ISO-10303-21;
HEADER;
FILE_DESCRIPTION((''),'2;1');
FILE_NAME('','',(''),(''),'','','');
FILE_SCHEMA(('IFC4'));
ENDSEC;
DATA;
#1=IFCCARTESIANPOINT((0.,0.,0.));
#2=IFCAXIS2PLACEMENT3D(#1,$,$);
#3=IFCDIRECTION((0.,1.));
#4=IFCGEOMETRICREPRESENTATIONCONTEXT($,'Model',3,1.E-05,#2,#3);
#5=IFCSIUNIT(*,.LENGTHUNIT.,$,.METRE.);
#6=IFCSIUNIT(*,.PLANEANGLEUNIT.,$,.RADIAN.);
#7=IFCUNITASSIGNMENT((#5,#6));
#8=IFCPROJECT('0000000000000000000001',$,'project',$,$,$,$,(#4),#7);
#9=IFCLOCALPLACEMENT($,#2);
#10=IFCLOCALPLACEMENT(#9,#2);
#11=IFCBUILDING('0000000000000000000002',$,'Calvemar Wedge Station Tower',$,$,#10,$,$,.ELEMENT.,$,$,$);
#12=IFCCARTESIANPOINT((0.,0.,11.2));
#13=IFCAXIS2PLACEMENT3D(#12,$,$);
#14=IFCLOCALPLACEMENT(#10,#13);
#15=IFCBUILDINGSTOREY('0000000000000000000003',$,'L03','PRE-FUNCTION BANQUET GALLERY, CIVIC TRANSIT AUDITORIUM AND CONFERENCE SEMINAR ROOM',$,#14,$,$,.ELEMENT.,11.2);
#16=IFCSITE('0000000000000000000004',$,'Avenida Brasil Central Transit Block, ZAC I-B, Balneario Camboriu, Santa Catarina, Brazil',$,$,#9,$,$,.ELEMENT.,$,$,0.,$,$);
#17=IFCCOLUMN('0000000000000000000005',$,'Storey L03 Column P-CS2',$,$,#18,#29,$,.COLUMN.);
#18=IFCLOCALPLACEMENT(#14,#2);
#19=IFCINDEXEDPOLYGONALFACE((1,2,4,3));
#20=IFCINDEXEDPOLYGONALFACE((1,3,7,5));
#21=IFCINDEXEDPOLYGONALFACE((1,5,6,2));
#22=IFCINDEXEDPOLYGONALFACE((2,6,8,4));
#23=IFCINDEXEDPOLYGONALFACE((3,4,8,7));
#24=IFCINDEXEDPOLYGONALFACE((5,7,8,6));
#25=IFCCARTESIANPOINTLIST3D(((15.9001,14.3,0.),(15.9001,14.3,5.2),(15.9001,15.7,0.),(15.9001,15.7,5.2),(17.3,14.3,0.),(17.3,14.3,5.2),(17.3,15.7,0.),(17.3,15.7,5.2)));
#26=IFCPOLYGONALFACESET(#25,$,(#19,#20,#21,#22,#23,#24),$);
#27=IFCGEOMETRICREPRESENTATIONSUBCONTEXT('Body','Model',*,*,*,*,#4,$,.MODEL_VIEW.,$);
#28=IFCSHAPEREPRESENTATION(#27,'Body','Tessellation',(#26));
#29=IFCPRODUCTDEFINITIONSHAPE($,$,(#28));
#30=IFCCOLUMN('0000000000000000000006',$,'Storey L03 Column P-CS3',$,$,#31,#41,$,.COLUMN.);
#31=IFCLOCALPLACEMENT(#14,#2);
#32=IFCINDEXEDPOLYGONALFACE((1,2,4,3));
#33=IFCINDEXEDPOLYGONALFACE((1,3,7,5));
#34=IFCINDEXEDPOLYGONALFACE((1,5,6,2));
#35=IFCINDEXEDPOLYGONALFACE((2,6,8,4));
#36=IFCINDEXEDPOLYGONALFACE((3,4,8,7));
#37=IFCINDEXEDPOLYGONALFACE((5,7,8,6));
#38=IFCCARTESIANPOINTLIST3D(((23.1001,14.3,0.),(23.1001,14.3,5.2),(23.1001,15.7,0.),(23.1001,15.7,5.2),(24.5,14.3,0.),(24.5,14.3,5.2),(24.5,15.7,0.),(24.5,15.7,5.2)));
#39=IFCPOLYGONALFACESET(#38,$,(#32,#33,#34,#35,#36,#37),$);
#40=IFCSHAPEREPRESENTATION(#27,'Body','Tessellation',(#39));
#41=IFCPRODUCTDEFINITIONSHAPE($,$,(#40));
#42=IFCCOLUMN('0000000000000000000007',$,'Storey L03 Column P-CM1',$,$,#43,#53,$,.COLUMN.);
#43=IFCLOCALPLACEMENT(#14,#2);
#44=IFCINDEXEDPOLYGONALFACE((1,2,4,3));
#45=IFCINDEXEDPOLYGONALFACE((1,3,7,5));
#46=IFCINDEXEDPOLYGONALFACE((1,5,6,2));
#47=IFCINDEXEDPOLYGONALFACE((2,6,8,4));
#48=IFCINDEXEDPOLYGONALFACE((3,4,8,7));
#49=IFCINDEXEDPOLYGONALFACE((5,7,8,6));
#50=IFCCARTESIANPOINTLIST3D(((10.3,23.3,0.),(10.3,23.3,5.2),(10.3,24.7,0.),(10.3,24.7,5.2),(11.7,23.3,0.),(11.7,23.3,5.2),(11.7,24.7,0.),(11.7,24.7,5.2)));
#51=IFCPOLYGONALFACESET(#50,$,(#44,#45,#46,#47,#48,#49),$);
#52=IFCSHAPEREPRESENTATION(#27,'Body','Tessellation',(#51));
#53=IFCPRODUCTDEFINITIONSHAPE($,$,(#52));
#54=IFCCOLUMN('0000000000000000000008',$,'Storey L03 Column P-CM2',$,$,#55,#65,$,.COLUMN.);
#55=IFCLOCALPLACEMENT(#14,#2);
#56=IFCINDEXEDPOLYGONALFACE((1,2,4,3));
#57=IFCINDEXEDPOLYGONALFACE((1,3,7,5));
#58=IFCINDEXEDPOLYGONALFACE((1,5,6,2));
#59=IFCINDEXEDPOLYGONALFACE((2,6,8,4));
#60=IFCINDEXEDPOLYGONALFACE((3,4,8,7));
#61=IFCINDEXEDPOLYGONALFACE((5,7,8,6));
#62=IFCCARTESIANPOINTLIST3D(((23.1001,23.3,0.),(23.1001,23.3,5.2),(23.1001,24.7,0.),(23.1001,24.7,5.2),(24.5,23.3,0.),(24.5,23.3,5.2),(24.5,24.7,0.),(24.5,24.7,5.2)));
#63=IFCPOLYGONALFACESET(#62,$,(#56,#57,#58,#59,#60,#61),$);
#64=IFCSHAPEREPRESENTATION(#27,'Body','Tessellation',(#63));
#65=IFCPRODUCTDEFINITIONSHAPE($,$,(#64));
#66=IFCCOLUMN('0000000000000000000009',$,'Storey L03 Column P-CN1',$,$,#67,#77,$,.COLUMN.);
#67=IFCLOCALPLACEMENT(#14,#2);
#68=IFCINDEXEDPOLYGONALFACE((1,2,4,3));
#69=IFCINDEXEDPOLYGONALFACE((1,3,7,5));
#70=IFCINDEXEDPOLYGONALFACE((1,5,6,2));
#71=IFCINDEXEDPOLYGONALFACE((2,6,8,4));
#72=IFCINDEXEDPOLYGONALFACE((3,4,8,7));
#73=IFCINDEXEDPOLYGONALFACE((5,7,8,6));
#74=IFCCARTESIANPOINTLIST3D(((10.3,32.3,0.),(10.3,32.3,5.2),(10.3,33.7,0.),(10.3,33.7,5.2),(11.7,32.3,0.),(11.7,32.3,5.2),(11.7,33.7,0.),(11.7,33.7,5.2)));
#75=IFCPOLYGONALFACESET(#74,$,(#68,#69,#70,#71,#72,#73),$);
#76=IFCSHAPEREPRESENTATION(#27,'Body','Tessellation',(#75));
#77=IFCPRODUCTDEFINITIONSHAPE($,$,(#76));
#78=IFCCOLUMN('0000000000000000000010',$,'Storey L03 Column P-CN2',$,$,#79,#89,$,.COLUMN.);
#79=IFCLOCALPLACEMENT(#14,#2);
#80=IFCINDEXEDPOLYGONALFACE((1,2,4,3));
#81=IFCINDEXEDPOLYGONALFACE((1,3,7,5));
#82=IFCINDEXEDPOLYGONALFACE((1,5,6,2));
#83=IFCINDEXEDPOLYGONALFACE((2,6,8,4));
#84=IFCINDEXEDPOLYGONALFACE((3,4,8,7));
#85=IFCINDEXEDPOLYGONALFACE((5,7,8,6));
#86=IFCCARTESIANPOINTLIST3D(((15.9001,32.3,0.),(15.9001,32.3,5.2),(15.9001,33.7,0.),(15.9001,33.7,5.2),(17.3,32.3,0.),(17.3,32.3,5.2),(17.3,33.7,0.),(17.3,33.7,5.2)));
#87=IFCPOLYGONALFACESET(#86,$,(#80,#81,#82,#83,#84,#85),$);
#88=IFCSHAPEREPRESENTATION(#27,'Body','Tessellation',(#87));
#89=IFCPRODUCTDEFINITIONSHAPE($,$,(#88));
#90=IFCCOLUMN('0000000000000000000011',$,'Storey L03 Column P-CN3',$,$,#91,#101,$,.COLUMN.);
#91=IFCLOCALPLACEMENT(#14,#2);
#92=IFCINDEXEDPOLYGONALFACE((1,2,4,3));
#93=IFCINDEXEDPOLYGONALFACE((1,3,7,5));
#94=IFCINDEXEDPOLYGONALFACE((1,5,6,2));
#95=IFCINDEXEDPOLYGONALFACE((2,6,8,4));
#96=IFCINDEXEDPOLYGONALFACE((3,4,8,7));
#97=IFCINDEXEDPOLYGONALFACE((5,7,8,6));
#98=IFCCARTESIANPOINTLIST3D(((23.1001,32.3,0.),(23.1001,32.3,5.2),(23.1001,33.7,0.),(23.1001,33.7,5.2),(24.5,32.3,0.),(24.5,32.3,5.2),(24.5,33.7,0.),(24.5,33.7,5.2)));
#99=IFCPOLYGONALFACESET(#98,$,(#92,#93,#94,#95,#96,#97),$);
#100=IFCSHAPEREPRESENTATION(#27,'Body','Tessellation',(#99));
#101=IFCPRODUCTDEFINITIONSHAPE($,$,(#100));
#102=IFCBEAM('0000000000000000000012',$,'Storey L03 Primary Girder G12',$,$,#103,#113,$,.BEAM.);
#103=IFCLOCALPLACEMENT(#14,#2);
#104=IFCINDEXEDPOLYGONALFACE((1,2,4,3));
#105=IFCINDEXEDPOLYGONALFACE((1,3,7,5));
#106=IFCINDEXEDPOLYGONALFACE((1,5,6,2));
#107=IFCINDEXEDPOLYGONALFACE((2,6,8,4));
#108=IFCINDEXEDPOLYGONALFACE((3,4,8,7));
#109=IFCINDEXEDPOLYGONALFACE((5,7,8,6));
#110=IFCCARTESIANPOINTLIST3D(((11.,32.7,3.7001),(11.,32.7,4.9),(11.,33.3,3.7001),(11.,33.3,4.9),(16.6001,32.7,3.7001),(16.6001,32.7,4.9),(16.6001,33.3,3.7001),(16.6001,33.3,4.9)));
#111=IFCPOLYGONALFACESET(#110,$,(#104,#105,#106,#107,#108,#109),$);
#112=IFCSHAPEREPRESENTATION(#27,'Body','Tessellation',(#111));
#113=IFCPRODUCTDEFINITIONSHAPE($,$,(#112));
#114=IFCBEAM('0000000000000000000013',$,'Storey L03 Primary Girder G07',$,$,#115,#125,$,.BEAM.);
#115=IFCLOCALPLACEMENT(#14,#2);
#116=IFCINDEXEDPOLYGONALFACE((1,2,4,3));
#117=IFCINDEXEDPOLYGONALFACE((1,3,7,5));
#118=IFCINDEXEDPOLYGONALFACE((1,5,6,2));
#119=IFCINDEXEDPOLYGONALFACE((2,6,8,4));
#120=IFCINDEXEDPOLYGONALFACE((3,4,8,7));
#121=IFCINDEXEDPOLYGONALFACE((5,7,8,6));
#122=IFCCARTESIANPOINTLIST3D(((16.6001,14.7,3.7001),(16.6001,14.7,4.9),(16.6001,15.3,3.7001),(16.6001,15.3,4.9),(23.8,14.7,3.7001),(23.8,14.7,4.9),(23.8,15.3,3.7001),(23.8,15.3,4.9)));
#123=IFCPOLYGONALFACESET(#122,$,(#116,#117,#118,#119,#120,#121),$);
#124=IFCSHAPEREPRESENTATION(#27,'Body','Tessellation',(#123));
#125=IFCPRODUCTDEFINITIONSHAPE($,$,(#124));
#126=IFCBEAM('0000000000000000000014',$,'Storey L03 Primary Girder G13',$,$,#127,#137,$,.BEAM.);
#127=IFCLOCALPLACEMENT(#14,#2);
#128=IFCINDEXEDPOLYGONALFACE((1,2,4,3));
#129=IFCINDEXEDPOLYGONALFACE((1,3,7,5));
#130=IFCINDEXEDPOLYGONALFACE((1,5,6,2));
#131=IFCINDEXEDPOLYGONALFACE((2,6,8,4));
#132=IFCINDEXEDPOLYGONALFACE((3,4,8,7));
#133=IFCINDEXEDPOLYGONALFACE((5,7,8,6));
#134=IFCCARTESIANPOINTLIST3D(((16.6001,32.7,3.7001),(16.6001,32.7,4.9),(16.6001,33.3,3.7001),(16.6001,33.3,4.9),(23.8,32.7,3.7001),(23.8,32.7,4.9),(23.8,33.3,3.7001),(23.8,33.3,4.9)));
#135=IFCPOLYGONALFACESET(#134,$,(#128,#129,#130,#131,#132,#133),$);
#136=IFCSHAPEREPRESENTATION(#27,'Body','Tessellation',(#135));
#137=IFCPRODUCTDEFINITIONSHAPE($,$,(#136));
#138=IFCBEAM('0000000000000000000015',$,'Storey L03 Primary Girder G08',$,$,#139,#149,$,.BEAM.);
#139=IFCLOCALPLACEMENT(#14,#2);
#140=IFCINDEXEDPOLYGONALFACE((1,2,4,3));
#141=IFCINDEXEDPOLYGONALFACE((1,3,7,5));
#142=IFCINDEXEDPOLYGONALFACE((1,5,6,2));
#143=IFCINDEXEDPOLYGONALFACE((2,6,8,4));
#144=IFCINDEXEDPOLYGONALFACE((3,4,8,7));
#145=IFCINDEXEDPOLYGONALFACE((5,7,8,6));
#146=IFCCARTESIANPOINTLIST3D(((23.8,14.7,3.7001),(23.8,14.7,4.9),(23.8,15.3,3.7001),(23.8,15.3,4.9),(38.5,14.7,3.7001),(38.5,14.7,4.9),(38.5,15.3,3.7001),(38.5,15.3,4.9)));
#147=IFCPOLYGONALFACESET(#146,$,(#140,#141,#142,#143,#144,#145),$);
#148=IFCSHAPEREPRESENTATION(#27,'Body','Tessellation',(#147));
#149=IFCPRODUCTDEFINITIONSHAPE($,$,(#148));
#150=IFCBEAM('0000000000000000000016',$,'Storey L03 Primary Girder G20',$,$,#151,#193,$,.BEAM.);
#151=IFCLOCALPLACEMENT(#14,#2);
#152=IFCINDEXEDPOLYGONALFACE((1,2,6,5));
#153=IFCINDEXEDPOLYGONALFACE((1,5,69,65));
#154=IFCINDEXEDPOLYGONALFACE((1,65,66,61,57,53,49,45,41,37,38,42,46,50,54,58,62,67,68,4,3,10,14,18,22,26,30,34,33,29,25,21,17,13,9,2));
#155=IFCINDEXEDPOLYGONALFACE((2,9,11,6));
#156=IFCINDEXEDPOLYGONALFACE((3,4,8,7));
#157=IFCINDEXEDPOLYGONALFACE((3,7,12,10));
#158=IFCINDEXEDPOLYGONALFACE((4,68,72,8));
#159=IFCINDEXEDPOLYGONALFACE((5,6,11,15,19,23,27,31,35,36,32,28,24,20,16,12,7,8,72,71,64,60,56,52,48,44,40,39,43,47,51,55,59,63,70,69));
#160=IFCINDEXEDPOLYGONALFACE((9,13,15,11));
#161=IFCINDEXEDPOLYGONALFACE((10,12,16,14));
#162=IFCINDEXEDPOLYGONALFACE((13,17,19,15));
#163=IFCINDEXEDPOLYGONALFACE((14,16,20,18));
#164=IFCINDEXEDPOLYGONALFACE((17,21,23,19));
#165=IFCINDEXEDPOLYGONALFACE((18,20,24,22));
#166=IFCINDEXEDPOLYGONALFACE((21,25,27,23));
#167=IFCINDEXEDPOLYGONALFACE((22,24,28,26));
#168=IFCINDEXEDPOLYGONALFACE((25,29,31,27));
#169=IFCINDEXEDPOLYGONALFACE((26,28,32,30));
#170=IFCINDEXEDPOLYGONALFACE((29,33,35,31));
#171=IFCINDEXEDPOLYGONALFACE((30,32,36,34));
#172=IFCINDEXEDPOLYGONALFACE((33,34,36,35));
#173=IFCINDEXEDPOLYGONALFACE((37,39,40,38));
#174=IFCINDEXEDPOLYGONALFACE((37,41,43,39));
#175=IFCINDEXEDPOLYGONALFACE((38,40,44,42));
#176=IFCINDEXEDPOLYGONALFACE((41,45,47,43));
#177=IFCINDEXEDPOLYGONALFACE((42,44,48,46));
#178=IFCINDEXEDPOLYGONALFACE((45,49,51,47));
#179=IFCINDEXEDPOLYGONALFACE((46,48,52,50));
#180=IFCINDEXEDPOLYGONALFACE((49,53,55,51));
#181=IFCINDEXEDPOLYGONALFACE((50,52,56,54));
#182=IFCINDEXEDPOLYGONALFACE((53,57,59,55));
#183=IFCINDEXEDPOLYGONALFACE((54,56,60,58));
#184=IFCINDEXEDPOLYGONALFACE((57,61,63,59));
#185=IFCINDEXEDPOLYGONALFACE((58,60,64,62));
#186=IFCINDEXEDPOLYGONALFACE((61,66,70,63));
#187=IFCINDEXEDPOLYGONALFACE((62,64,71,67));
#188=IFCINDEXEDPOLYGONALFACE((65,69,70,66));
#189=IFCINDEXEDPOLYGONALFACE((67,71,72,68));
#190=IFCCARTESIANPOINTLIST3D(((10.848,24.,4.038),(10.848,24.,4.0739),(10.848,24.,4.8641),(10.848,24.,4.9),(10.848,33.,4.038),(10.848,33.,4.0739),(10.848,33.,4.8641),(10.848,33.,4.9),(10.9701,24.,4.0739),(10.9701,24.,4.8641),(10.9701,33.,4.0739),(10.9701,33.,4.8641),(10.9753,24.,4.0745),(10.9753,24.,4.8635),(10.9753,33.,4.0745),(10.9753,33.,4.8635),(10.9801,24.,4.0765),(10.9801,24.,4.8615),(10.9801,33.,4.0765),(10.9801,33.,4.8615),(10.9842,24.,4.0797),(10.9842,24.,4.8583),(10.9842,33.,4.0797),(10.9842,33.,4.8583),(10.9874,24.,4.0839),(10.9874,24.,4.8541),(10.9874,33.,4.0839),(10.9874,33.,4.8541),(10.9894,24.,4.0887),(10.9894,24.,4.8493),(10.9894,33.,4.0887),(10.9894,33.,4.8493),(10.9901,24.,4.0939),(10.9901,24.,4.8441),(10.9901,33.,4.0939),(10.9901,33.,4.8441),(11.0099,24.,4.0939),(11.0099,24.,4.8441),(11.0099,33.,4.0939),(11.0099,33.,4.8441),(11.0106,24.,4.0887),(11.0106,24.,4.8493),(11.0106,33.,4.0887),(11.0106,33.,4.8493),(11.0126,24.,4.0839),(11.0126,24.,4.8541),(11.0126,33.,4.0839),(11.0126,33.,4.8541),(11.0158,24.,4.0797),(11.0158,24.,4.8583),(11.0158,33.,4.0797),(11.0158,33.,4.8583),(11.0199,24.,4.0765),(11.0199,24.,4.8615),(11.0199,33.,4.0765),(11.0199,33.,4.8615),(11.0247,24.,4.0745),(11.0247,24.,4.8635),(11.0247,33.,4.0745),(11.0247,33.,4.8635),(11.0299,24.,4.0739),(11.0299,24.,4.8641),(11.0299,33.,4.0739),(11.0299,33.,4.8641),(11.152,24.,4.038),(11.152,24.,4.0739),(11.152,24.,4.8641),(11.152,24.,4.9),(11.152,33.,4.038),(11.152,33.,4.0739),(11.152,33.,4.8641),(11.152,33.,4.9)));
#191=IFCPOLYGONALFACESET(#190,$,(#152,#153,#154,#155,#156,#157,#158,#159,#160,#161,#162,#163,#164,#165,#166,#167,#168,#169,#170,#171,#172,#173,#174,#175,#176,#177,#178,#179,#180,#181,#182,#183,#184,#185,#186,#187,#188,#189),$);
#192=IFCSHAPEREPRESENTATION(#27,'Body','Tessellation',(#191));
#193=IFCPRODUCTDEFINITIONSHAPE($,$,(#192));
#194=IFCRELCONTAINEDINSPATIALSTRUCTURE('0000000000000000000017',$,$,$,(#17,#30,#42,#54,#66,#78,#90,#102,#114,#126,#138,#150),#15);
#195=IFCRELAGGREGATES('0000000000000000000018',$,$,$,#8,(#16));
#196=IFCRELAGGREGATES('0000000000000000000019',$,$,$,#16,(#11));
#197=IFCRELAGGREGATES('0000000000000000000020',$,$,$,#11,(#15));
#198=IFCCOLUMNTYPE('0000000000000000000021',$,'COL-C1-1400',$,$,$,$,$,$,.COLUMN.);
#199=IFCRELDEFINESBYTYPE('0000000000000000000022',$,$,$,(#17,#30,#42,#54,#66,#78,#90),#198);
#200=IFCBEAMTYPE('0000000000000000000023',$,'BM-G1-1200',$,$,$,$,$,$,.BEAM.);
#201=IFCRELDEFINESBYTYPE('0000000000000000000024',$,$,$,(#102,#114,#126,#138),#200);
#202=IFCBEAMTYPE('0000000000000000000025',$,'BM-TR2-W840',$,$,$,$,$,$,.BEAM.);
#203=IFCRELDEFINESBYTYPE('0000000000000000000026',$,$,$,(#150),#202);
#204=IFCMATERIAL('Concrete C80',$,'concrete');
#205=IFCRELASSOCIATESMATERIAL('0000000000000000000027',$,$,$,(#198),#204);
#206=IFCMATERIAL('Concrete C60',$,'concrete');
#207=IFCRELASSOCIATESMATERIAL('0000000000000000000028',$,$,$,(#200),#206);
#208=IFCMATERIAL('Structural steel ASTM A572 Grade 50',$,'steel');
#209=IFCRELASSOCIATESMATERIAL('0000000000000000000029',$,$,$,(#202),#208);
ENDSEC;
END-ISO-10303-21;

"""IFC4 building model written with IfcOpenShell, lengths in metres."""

from ifc_helpers import new_model, si_unit, direction, frame, origin, origin_2d, place, context, subcontext, project, spatial, rectangle, i_section, extrude, source, transform, mapped, material, material_profile, profile_set, type_object, element, save


model = new_model("IFC4")

# Units and contexts
model_context = context("Model", 3, precision=1e-05, world=origin(), true_north=direction((0.0, 1.0)))
body_context = subcontext(model_context, "Body", "Model", "MODEL_VIEW")
ifc_project = project(units=[si_unit("LENGTHUNIT", "METRE"), si_unit("PLANEANGLEUNIT", "RADIAN")], contexts=[model_context])

# Site, building, storey
site_placement = place(None, origin())
site = spatial("IfcSite", under=ifc_project, at=site_placement, Name="Avenida Brasil Central Transit Block, ZAC I-B, Balneario Camboriu, Santa Catarina, Brazil", CompositionType="ELEMENT", RefElevation=0.0)
building_placement = place(site_placement, origin())
building = spatial("IfcBuilding", under=site, at=building_placement, Name="Calvemar Wedge Station Tower", CompositionType="ELEMENT")
storey_placement = place(building_placement, frame((0.0, 0.0, 11.2)))
storey = spatial("IfcBuildingStorey", under=building, at=storey_placement, Name="L03", Description="PRE-FUNCTION BANQUET GALLERY, CIVIC TRANSIT AUDITORIUM AND CONFERENCE SEMINAR ROOM", CompositionType="ELEMENT", Elevation=11.2)

# Columns
ifc_material_1 = material(Name="Concrete C80", Category="concrete")
ifc_material_profile_1 = material_profile(ifc_material_1, rectangle(XDim=1.3999, YDim=1.3999, at=origin_2d()), Name="RC1400x1400")
ifc_profile_set_1 = profile_set([ifc_material_profile_1], Name="Concrete C80")
column_type = type_object("IfcColumnType", Name="COL-C1-1400", PredefinedType="COLUMN", material=ifc_profile_set_1)
shared_shape_1 = source(origin(), body_context, "Body", "SweptSolid", [
    extrude(rectangle(XDim=1.3999, YDim=1.3999, at=origin_2d()), origin(), (0.0, 0.0, 1.0), 5.2),
])
for number, where, z_axis, x_axis, name in (
    (1, (16.6001, 15.0, 0.0), (0.0, 0.0, 1.0), (1.0, 0.0, 0.0), "Storey L03 Column P-CS2"),
    (2, (23.8, 15.0, 0.0), (0.0, 0.0, 1.0), (1.0, 0.0, 0.0), "Storey L03 Column P-CS3"),
    (3, (11.0, 24.0, 0.0), (0.0, 0.0, 1.0), (1.0, 0.0, 0.0), "Storey L03 Column P-CM1"),
    (4, (23.8, 24.0, 0.0), (0.0, 0.0, 1.0), (1.0, 0.0, 0.0), "Storey L03 Column P-CM2"),
    (5, (11.0, 33.0, 0.0), (0.0, 0.0, 1.0), (1.0, 0.0, 0.0), "Storey L03 Column P-CN1"),
    (6, (16.6001, 33.0, 0.0), (0.0, 0.0, 1.0), (1.0, 0.0, 0.0), "Storey L03 Column P-CN2"),
    (7, (23.8, 33.0, 0.0), (0.0, 0.0, 1.0), (1.0, 0.0, 0.0), "Storey L03 Column P-CN3"),
):
    element("IfcColumn", number, at=place(storey_placement, frame(where, z_axis=z_axis, x_axis=x_axis)), inside=storey, type_object=column_type, Name=name, PredefinedType="COLUMN", context=body_context, shape_type="MappedRepresentation", body=[
        mapped(shared_shape_1, transform((0.0, 0.0, 0.0), scale=1.0)),
    ])

# Beams
ifc_material_2 = material(Name="Concrete C60", Category="concrete")
ifc_material_profile_2 = material_profile(ifc_material_2, rectangle(XDim=0.6001, YDim=1.2, at=origin_2d()), Name="RC600x1200")
ifc_profile_set_2 = profile_set([ifc_material_profile_2], Name="Concrete C60")
beam_type_1 = type_object("IfcBeamType", Name="BM-G1-1200", PredefinedType="BEAM", material=ifc_profile_set_2)
shared_shape_2 = source(origin(), body_context, "Body", "SweptSolid", [
    extrude(rectangle(XDim=0.6001, YDim=1.2, at=origin_2d()), origin(), (0.0, 0.0, 1.0), 5.6001),
])
beam_1_placement = place(storey_placement, frame((11.0, 33.0, 4.3), z_axis=(1.0, 0.0, 0.0), x_axis=(0.0, 1.0, 0.0)))
element("IfcBeam", 8, at=beam_1_placement, inside=storey, type_object=beam_type_1, Name="Storey L03 Primary Girder G12", PredefinedType="BEAM", context=body_context, shape_type="MappedRepresentation", body=[
    mapped(shared_shape_2, transform((0.0, 0.0, 0.0), scale=1.0)),
])
shared_shape_3 = source(origin(), body_context, "Body", "SweptSolid", [
    extrude(rectangle(XDim=0.6001, YDim=1.2, at=origin_2d()), origin(), (0.0, 0.0, 1.0), 7.2),
])
for number, where, z_axis, x_axis, name in (
    (9, (16.6001, 15.0, 4.3), (1.0, 0.0, 0.0), (0.0, 1.0, 0.0), "Storey L03 Primary Girder G07"),
    (10, (16.6001, 33.0, 4.3), (1.0, 0.0, 0.0), (0.0, 1.0, 0.0), "Storey L03 Primary Girder G13"),
):
    element("IfcBeam", number, at=place(storey_placement, frame(where, z_axis=z_axis, x_axis=x_axis)), inside=storey, type_object=beam_type_1, Name=name, PredefinedType="BEAM", context=body_context, shape_type="MappedRepresentation", body=[
        mapped(shared_shape_3, transform((0.0, 0.0, 0.0), scale=1.0)),
    ])
shared_shape_4 = source(origin(), body_context, "Body", "SweptSolid", [
    extrude(rectangle(XDim=0.6001, YDim=1.2, at=origin_2d()), origin(), (0.0, 0.0, 1.0), 14.7),
])
beam_2_placement = place(storey_placement, frame((23.8, 15.0, 4.3), z_axis=(1.0, 0.0, 0.0), x_axis=(0.0, 1.0, 0.0)))
element("IfcBeam", 11, at=beam_2_placement, inside=storey, type_object=beam_type_1, Name="Storey L03 Primary Girder G08", PredefinedType="BEAM", context=body_context, shape_type="MappedRepresentation", body=[
    mapped(shared_shape_4, transform((0.0, 0.0, 0.0), scale=1.0)),
])
ifc_material_3 = material(Name="Structural steel ASTM A572 Grade 50", Category="steel")
ifc_material_profile_3 = material_profile(ifc_material_3, i_section(OverallWidth=0.304, OverallDepth=0.8621, WebThickness=0.0198, FlangeThickness=0.0359, FilletRadius=0.02, at=origin_2d()), Name="W840x329")
ifc_profile_set_3 = profile_set([ifc_material_profile_3], Name="Structural steel ASTM A572 Grade 50")
beam_type_2 = type_object("IfcBeamType", Name="BM-TR2-W840", PredefinedType="BEAM", material=ifc_profile_set_3)
shared_shape_5 = source(origin(), body_context, "Body", "SweptSolid", [
    extrude(i_section(OverallWidth=0.304, OverallDepth=0.8621, WebThickness=0.0198, FlangeThickness=0.0359, FilletRadius=0.02, at=origin_2d()), origin(), (0.0, 0.0, 1.0), 9.0),
])
for number, where, z_axis, x_axis, name in (
    (12, (11.0, 24.0, 4.469), (0.0, 1.0, 0.0), (-1.0, 0.0, 0.0), "Storey L03 Primary Girder G20"),
):
    element("IfcBeam", number, at=place(storey_placement, frame(where, z_axis=z_axis, x_axis=x_axis)), inside=storey, type_object=beam_type_2, Name=name, PredefinedType="BEAM", context=body_context, shape_type="MappedRepresentation", body=[
        mapped(shared_shape_5, transform((0.0, 0.0, 0.0), scale=1.0)),
    ])

save(model, "model.ifc")
